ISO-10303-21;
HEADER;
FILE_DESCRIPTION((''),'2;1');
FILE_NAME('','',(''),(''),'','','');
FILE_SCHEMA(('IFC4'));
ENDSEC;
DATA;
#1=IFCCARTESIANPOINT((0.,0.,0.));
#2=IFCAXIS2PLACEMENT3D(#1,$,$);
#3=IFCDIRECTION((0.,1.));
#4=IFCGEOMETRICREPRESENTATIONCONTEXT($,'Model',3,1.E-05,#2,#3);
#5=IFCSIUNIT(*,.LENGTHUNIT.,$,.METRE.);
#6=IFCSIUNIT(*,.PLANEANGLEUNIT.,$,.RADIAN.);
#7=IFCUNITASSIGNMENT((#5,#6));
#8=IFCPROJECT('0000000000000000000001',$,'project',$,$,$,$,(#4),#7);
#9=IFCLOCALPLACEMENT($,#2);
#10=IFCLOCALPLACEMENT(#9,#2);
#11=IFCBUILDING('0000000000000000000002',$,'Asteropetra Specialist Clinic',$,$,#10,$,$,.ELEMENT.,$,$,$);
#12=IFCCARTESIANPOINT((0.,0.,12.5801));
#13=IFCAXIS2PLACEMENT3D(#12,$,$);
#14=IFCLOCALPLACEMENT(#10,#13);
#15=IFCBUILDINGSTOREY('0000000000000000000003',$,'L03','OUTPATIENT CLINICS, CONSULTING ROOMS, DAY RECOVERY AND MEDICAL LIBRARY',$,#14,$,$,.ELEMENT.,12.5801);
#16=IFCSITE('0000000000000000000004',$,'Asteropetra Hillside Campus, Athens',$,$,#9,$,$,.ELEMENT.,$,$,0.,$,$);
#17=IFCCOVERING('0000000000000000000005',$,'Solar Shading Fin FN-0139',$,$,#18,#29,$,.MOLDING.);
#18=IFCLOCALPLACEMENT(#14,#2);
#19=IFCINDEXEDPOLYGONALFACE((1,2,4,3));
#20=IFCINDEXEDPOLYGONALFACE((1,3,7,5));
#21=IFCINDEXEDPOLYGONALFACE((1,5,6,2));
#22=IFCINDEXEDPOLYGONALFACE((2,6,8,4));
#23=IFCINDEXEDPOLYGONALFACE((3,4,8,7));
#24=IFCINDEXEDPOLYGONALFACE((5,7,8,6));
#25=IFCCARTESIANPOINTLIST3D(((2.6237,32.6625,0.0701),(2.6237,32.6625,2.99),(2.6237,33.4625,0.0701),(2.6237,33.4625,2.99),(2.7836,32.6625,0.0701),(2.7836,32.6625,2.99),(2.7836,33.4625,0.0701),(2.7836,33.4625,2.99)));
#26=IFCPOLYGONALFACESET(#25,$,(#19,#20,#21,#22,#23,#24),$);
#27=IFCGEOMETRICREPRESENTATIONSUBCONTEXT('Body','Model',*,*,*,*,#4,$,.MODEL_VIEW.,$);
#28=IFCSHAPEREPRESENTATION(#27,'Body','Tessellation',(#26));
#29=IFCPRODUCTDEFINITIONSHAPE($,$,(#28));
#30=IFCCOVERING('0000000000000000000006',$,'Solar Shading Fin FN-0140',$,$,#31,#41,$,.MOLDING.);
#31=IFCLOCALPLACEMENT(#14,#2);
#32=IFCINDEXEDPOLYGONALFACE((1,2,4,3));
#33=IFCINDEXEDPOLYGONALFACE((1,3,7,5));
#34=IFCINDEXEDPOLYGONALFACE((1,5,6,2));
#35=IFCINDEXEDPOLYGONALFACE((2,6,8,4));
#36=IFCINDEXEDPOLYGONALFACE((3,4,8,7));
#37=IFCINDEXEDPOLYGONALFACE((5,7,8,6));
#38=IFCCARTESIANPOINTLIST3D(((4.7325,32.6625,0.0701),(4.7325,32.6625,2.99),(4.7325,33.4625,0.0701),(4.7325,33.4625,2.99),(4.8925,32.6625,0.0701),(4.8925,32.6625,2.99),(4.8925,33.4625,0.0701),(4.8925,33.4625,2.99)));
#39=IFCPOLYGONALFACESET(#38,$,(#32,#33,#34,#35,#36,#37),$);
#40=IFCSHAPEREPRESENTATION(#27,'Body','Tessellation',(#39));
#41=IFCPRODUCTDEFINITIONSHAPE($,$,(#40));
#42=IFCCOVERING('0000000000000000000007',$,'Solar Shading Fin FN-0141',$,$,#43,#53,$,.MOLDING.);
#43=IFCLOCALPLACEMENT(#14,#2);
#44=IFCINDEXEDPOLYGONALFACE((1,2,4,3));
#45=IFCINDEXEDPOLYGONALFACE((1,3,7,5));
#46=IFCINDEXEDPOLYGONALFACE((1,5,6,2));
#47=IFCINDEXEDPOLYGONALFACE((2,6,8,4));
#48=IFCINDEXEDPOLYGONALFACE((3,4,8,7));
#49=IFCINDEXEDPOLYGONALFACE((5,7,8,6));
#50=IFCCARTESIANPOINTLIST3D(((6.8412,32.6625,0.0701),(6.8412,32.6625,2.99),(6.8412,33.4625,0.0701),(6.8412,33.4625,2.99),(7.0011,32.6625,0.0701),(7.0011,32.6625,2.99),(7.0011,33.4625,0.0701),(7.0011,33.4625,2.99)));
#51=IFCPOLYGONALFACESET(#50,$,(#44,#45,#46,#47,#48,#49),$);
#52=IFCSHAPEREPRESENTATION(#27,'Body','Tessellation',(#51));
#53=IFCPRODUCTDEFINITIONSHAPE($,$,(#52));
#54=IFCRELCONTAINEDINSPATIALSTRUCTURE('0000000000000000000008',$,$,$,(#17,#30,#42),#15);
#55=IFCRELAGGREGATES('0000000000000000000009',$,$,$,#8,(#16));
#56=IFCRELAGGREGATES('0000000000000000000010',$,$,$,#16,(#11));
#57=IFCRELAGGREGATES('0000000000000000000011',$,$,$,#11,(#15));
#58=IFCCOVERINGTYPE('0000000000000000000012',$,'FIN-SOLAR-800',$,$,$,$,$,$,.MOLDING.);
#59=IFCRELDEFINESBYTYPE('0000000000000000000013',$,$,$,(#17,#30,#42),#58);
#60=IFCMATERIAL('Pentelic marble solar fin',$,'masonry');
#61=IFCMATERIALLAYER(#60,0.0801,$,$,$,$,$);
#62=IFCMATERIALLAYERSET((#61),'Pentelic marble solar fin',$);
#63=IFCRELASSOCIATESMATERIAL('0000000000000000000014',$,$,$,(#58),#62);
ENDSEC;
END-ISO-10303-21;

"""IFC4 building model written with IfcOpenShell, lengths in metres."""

from ifc_helpers import new_model, si_unit, direction, frame, origin, origin_2d, place, context, subcontext, project, spatial, rectangle, extrude, material, layer, layer_set, type_object, element, save


model = new_model("IFC4")

# Units and contexts
model_context = context("Model", 3, precision=1e-05, world=origin(), true_north=direction((0.0, 1.0)))
body_context = subcontext(model_context, "Body", "Model", "MODEL_VIEW")
ifc_project = project(units=[si_unit("LENGTHUNIT", "METRE"), si_unit("PLANEANGLEUNIT", "RADIAN")], contexts=[model_context])

# Site, building, storey
site_placement = place(None, origin())
site = spatial("IfcSite", under=ifc_project, at=site_placement, Name="Asteropetra Hillside Campus, Athens", CompositionType="ELEMENT", RefElevation=0.0)
building_placement = place(site_placement, origin())
building = spatial("IfcBuilding", under=site, at=building_placement, Name="Asteropetra Specialist Clinic", CompositionType="ELEMENT")
storey_placement = place(building_placement, frame((0.0, 0.0, 12.5801)))
storey = spatial("IfcBuildingStorey", under=building, at=storey_placement, Name="L03", Description="OUTPATIENT CLINICS, CONSULTING ROOMS, DAY RECOVERY AND MEDICAL LIBRARY", CompositionType="ELEMENT", Elevation=12.5801)

# Coverings
ifc_material_1 = material(Name="Pentelic marble solar fin", Category="masonry")
ifc_layer_1 = layer(ifc_material_1, 0.0801)
ifc_layer_set_1 = layer_set([ifc_layer_1], Name="Pentelic marble solar fin")
covering_type_1 = type_object("IfcCoveringType", Name="FIN-SOLAR-800", PredefinedType="MOLDING", material=ifc_layer_set_1)
for number, where, z_axis, x_axis, name in (
    (1, (2.7036, 33.0625, 0.0701), (0.0, 0.0, 1.0), (1.0, 0.0, 0.0), "Solar Shading Fin FN-0139"),
    (2, (4.8125, 33.0625, 0.0701), (0.0, 0.0, 1.0), (1.0, 0.0, 0.0), "Solar Shading Fin FN-0140"),
    (3, (6.9211, 33.0625, 0.0701), (0.0, 0.0, 1.0), (1.0, 0.0, 0.0), "Solar Shading Fin FN-0141"),
):
    element("IfcCovering", number, at=place(storey_placement, frame(where, z_axis=z_axis, x_axis=x_axis)), inside=storey, type_object=covering_type_1, Name=name, PredefinedType="MOLDING", context=body_context, shape_type="SweptSolid", body=[
        extrude(rectangle(XDim=0.1599, YDim=0.8, at=origin_2d()), origin(), (0.0, 0.0, 1.0), 2.9199),
    ])

save(model, "model.ifc")
